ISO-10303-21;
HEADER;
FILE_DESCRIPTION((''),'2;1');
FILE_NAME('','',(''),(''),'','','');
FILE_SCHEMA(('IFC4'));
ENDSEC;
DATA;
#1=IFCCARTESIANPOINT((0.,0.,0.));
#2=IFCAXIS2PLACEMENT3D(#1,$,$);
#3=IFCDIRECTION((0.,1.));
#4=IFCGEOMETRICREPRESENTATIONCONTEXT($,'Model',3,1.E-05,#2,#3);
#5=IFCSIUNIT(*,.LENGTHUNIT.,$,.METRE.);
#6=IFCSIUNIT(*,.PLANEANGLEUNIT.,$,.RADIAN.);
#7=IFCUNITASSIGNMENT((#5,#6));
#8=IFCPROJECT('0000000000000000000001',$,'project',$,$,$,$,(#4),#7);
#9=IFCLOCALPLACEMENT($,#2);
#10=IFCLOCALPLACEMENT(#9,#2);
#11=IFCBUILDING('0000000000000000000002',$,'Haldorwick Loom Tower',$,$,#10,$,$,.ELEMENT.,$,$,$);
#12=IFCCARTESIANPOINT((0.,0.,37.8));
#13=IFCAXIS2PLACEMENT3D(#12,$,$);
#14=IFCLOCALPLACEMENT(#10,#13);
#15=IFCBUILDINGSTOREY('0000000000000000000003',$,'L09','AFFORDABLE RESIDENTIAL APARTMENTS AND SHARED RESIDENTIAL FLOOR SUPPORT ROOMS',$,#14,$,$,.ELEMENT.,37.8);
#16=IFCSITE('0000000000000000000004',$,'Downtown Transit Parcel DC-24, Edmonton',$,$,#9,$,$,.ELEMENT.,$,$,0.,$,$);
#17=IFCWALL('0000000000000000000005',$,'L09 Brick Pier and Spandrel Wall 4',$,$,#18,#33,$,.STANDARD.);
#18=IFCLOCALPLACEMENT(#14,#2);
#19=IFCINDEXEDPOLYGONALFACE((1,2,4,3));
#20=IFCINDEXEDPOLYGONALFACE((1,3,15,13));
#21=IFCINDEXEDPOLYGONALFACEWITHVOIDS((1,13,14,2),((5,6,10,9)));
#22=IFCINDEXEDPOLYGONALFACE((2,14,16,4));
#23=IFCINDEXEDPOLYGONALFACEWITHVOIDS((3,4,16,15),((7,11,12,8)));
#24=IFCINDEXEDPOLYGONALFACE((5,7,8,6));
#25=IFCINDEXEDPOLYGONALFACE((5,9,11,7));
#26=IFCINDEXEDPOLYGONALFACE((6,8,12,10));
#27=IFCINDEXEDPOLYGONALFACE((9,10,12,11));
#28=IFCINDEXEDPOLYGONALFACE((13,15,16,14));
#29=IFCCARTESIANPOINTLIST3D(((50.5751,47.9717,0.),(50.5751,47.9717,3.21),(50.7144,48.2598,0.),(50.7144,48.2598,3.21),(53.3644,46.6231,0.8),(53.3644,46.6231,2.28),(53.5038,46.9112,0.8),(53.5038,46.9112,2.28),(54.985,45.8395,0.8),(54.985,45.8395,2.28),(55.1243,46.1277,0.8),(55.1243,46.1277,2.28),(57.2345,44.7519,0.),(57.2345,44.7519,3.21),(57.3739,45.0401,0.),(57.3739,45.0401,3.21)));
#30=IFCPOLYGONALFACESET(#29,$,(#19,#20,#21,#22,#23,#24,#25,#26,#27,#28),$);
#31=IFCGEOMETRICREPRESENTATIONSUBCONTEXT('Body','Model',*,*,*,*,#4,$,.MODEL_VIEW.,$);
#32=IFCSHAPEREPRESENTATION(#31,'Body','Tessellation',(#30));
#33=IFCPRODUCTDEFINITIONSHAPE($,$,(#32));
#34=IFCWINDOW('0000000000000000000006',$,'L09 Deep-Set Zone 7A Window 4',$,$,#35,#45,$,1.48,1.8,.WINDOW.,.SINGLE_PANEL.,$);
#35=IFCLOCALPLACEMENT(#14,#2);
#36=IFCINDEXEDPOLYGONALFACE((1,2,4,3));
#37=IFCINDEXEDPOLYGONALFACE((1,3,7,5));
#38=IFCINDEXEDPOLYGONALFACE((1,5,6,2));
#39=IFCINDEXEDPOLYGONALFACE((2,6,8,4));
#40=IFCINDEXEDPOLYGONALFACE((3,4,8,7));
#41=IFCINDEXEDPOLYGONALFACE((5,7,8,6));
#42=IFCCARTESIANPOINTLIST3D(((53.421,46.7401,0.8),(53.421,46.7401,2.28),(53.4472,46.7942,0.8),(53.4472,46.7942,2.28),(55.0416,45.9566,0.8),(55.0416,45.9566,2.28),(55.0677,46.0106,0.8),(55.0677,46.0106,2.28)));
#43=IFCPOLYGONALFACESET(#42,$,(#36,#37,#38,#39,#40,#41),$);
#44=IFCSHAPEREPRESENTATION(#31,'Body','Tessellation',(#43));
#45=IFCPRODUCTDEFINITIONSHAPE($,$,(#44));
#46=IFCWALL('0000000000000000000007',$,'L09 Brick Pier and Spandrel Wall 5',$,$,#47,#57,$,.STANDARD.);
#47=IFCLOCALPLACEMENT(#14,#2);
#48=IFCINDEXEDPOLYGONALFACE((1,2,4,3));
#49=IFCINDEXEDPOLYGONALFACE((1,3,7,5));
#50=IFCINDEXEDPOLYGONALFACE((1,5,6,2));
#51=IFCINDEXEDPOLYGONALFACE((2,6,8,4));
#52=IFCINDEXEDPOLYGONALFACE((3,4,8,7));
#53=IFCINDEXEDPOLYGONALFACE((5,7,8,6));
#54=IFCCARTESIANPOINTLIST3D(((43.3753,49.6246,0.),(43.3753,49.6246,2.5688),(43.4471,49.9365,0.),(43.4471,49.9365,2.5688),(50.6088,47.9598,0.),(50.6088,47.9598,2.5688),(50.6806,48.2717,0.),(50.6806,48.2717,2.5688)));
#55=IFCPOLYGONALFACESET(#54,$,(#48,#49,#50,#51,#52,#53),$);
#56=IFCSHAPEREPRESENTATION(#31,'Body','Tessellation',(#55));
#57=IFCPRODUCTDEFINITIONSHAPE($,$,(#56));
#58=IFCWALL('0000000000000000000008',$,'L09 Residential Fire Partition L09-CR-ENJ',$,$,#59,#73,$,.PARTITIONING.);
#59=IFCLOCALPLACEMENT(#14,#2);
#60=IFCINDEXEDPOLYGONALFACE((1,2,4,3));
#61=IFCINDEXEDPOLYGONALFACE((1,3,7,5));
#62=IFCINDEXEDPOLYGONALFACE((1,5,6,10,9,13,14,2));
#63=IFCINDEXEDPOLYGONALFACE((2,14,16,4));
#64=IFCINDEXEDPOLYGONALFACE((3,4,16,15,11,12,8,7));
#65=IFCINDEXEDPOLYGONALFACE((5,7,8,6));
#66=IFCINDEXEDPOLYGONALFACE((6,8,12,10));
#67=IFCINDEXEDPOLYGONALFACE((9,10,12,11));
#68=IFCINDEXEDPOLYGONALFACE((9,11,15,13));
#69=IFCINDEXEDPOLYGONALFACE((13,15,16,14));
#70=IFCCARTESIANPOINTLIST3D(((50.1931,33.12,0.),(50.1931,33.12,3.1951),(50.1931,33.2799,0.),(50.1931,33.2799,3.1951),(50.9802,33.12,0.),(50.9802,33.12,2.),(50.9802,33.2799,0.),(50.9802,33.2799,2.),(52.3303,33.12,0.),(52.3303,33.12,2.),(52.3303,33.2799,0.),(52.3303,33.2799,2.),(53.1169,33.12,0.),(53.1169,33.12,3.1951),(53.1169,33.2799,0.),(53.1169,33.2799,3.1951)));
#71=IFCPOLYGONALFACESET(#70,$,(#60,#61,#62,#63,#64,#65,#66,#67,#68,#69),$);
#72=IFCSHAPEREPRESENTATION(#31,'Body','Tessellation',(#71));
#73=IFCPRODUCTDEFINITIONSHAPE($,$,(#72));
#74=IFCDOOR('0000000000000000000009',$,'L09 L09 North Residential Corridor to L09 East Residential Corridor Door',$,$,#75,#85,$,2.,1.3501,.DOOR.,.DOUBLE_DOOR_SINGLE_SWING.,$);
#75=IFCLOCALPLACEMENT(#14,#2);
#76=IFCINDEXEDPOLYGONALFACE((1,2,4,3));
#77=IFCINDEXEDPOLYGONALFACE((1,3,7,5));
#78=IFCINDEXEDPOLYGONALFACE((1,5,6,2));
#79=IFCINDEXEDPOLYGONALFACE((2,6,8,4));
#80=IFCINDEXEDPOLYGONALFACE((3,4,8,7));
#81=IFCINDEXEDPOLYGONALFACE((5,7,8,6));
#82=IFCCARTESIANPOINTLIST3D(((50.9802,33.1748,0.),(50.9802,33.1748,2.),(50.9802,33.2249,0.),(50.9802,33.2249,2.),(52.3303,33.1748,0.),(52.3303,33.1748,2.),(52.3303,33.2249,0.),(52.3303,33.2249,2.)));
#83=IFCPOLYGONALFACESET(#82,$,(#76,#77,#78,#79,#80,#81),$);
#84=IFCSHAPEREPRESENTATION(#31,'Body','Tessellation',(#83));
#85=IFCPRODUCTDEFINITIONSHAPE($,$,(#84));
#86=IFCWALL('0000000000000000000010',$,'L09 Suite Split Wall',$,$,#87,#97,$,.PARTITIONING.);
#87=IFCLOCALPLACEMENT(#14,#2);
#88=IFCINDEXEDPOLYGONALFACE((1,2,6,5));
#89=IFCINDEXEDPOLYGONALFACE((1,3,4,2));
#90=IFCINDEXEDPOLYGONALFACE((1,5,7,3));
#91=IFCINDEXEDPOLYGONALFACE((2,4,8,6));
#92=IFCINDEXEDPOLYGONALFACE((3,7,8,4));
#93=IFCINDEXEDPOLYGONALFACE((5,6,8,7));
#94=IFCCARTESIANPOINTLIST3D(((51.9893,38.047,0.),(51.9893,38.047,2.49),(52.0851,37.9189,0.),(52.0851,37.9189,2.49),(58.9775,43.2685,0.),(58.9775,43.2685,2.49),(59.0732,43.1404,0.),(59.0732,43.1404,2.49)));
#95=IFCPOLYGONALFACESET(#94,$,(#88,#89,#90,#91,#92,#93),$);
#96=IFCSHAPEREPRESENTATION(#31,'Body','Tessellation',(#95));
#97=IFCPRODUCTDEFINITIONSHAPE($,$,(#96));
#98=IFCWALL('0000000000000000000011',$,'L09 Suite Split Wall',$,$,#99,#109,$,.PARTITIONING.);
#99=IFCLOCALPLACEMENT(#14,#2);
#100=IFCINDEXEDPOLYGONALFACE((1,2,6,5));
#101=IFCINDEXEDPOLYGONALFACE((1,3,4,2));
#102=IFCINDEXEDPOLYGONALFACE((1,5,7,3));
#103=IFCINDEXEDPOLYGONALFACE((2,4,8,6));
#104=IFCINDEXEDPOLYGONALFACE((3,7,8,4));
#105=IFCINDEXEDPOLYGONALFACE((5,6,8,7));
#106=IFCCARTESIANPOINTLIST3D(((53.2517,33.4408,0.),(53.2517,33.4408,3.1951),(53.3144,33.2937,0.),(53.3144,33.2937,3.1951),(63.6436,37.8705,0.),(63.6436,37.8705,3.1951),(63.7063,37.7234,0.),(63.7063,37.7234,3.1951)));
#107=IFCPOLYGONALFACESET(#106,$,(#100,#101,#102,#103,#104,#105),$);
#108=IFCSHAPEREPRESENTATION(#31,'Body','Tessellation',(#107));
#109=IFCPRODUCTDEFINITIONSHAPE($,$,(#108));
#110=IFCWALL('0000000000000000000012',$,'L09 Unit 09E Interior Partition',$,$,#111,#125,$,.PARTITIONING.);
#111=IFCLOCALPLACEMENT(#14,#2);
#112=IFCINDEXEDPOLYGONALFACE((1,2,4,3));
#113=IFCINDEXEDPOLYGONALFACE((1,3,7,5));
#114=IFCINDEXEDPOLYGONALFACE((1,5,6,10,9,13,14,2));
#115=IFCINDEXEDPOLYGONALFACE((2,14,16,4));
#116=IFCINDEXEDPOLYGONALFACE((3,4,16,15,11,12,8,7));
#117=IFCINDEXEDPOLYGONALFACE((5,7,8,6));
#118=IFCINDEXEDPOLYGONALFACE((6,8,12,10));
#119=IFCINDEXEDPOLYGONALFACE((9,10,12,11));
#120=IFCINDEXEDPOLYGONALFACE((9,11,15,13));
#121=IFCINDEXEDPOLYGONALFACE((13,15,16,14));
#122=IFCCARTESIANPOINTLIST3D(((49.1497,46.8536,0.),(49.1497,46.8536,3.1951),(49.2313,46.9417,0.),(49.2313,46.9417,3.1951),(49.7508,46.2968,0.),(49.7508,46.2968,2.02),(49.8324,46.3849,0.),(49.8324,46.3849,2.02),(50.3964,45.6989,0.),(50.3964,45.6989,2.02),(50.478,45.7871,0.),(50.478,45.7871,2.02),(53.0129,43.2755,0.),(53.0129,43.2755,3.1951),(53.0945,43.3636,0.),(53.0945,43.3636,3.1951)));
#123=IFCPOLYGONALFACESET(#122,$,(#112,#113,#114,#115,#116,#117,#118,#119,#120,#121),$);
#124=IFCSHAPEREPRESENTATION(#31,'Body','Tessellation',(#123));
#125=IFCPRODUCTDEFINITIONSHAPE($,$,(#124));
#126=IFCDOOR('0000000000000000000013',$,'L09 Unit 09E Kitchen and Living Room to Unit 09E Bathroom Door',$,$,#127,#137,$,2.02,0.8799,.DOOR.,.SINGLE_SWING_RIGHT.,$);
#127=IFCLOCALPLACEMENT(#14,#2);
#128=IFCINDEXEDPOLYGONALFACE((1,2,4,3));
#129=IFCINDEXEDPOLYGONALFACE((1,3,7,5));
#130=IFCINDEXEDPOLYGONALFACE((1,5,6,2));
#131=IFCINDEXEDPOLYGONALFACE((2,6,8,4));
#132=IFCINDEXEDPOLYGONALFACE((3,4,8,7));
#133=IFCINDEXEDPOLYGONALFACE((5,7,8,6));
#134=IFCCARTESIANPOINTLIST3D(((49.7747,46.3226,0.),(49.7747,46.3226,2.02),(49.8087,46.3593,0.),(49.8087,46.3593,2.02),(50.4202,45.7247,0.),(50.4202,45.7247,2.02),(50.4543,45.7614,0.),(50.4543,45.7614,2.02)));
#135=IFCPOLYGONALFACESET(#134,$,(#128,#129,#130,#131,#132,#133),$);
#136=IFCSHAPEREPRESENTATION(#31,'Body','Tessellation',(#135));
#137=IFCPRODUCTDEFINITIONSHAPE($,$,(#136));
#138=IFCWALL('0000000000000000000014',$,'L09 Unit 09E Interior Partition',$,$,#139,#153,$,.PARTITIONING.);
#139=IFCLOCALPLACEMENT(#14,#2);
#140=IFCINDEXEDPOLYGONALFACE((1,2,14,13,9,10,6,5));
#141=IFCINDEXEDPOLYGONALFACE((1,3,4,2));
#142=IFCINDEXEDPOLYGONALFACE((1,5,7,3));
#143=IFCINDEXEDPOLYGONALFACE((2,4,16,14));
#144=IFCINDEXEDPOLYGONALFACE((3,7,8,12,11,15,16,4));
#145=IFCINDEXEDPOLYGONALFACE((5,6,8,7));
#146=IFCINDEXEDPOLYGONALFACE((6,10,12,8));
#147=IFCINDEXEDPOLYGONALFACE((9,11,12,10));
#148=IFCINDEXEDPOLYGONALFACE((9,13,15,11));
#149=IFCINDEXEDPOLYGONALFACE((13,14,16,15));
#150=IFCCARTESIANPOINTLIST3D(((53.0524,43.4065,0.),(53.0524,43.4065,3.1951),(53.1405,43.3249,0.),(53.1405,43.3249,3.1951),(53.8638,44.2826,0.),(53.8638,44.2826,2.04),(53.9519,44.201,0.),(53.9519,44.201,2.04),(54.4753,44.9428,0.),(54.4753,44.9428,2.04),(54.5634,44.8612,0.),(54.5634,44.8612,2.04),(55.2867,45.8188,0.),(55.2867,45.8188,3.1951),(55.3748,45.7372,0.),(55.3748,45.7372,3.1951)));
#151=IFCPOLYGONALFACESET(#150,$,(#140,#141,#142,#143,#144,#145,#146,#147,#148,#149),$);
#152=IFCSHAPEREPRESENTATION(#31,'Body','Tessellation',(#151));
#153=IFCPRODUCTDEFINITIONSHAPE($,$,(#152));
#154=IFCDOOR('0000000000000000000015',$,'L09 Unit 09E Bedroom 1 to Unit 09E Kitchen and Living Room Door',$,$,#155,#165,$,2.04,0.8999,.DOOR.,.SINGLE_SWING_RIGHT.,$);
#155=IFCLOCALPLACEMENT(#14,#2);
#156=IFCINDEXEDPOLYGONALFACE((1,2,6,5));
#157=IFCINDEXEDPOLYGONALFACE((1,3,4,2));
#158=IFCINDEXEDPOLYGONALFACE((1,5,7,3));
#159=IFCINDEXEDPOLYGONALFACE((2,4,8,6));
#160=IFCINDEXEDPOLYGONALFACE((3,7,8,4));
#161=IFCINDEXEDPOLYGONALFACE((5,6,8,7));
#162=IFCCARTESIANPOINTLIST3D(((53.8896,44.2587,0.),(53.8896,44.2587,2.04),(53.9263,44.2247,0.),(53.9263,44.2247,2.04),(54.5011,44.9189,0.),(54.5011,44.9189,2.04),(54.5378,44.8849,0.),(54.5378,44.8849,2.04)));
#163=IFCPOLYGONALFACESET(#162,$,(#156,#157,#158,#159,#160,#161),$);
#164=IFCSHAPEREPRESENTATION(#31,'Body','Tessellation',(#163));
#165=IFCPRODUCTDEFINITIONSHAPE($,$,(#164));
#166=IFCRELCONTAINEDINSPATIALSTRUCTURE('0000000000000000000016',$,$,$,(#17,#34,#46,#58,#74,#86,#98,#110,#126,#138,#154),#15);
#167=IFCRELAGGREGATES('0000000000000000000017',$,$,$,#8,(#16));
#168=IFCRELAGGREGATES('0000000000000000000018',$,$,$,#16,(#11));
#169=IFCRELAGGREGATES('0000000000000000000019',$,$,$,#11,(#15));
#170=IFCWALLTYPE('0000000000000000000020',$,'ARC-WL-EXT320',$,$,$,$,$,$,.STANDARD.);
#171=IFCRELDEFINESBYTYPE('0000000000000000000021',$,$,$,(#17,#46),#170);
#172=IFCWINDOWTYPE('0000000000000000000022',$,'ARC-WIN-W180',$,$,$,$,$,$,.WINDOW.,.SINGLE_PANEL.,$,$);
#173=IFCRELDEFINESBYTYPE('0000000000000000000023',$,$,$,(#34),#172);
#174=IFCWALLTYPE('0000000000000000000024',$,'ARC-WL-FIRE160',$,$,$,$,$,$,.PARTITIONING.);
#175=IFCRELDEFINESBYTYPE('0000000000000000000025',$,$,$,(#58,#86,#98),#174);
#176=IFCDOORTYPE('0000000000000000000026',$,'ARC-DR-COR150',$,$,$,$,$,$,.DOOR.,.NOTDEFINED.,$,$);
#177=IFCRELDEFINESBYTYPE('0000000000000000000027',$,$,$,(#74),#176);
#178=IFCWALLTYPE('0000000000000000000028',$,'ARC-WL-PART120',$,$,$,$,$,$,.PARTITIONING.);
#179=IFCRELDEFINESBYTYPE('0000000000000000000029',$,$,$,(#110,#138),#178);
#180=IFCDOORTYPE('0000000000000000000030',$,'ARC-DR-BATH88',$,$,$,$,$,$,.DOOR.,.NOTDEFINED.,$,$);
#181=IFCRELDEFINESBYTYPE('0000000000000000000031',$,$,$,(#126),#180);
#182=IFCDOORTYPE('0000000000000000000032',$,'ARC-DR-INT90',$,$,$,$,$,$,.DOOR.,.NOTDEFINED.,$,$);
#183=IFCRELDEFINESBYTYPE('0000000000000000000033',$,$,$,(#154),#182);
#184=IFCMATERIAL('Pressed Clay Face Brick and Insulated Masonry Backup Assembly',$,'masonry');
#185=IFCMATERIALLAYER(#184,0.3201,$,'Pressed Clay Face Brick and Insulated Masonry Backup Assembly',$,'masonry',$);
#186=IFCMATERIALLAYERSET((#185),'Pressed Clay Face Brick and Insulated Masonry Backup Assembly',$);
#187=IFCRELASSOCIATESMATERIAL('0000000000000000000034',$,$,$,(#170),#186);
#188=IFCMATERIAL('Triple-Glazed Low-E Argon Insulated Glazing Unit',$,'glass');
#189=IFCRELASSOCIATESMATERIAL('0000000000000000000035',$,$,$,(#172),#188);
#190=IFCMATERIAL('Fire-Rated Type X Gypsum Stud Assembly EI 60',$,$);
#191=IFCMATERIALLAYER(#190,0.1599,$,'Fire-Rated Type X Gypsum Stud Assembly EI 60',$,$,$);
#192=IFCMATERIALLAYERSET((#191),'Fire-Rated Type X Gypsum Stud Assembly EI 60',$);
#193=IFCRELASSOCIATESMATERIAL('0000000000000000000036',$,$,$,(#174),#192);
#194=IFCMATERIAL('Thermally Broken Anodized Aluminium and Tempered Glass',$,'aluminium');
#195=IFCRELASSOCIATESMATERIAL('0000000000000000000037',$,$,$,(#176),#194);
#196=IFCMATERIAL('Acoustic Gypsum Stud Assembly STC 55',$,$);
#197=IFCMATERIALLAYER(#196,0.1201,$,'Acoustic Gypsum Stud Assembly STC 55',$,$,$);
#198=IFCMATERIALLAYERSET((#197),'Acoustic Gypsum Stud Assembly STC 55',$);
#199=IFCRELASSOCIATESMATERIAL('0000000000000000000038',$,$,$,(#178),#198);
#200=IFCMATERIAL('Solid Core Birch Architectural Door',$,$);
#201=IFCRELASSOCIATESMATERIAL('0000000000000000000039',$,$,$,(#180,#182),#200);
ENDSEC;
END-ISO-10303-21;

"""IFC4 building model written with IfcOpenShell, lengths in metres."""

from ifc_helpers import new_model, si_unit, direction, frame, frame_2d, origin, place, context, subcontext, project, spatial, rectangle, extrude, material, layer, layer_set, type_object, element, fill, save


model = new_model("IFC4")

# Units and contexts
model_context = context("Model", 3, precision=1e-05, world=origin(), true_north=direction((0.0, 1.0)))
body_context = subcontext(model_context, "Body", "Model", "MODEL_VIEW")
ifc_project = project(units=[si_unit("LENGTHUNIT", "METRE"), si_unit("PLANEANGLEUNIT", "RADIAN")], contexts=[model_context])

# Site, building, storey
site_placement = place(None, origin())
site = spatial("IfcSite", under=ifc_project, at=site_placement, Name="Downtown Transit Parcel DC-24, Edmonton", CompositionType="ELEMENT", RefElevation=0.0)
building_placement = place(site_placement, origin())
building = spatial("IfcBuilding", under=site, at=building_placement, Name="Haldorwick Loom Tower", CompositionType="ELEMENT")
storey_placement = place(building_placement, frame((0.0, 0.0, 37.8)))
storey = spatial("IfcBuildingStorey", under=building, at=storey_placement, Name="L09", Description="AFFORDABLE RESIDENTIAL APARTMENTS AND SHARED RESIDENTIAL FLOOR SUPPORT ROOMS", CompositionType="ELEMENT", Elevation=37.8)

# Wall, opening, window
ifc_material_1 = material(Name="Pressed Clay Face Brick and Insulated Masonry Backup Assembly", Category="masonry")
ifc_layer_1 = layer(ifc_material_1, 0.3201, Name="Pressed Clay Face Brick and Insulated Masonry Backup Assembly", Category="masonry")
ifc_layer_set_1 = layer_set([ifc_layer_1], Name="Pressed Clay Face Brick and Insulated Masonry Backup Assembly")
wall_type_1 = type_object("IfcWallType", Name="ARC-WL-EXT320", PredefinedType="STANDARD", material=ifc_layer_set_1)
ifc_material_2 = material(Name="Triple-Glazed Low-E Argon Insulated Glazing Unit", Category="glass")
window_type = type_object("IfcWindowType", Name="ARC-WIN-W180", PartitioningType="SINGLE_PANEL", PredefinedType="WINDOW", material=ifc_material_2)
wall_1_placement = place(storey_placement, frame((57.3042, 44.896, 0.0), z_axis=(0.0, 0.0, 1.0), x_axis=(-0.900296, 0.435279, 0.0)))
wall_1 = element("IfcWall", 1, at=wall_1_placement, inside=storey, type_object=wall_type_1, Name="L09 Brick Pier and Spandrel Wall 4", PredefinedType="STANDARD", context=body_context, shape_type="SweptSolid", body=[
    extrude(rectangle(XDim=7.397, YDim=0.3201, at=frame_2d((3.6985, 0.0))), origin(), (0.0, 0.0, 1.0), 3.21),
])
opening_1_placement = place(wall_1_placement, frame((2.4988, 0.0, 0.8)))
opening_1 = element("IfcOpeningElement", 2, at=opening_1_placement, cuts=wall_1, PredefinedType="OPENING", context=body_context, shape_type="SweptSolid", body=[
    extrude(rectangle(XDim=1.8, YDim=1.48, at=frame_2d((0.8999, 0.74))), frame((0.0, 0.1699, 0.0), z_axis=(0.0, -1.0, 0.0), x_axis=(1.0, 0.0, 0.0)), (0.0, 0.0, 1.0), 0.3401),
])
window_1_placement = place(opening_1_placement, origin())
window_1 = element("IfcWindow", 3, at=window_1_placement, inside=storey, type_object=window_type, Name="L09 Deep-Set Zone 7A Window 4", OverallHeight=1.48, OverallWidth=1.8, PartitioningType="SINGLE_PANEL", PredefinedType="WINDOW", context=body_context, shape_type="SweptSolid", body=[
    extrude(rectangle(XDim=1.8, YDim=1.48, at=frame_2d((0.8999, 0.74))), frame((0.0, 0.03, 0.0), z_axis=(0.0, -1.0, 0.0), x_axis=(1.0, 0.0, 0.0)), (0.0, 0.0, 1.0), 0.0601),
])
fill(opening_1, window_1)

# Wall
wall_2_placement = place(storey_placement, frame((50.6448, 48.1157, 0.0), z_axis=(0.0, 0.0, 1.0), x_axis=(-0.974522, 0.22429, 0.0)))
element("IfcWall", 4, at=wall_2_placement, inside=storey, type_object=wall_type_1, Name="L09 Brick Pier and Spandrel Wall 5", PredefinedType="STANDARD", context=body_context, shape_type="SweptSolid", body=[
    extrude(rectangle(XDim=7.4226, YDim=0.3201, at=frame_2d((3.7114, 0.0))), origin(), (0.0, 0.0, 1.0), 2.5688),
])

# Wall, opening, door
ifc_material_3 = material(Name="Fire-Rated Type X Gypsum Stud Assembly EI 60")
ifc_layer_2 = layer(ifc_material_3, 0.1599, Name="Fire-Rated Type X Gypsum Stud Assembly EI 60")
ifc_layer_set_2 = layer_set([ifc_layer_2], Name="Fire-Rated Type X Gypsum Stud Assembly EI 60")
wall_type_2 = type_object("IfcWallType", Name="ARC-WL-FIRE160", PredefinedType="PARTITIONING", material=ifc_layer_set_2)
wall_3_placement = place(storey_placement, frame((50.1931, 33.2, 0.0), z_axis=(0.0, 0.0, 1.0), x_axis=(1.0, 0.0, 0.0)))
wall_3 = element("IfcWall", 5, at=wall_3_placement, inside=storey, type_object=wall_type_2, Name="L09 Residential Fire Partition L09-CR-ENJ", PredefinedType="PARTITIONING", context=body_context, shape_type="SweptSolid", body=[
    extrude(rectangle(XDim=2.9238, YDim=0.1599, at=frame_2d((1.4619, 0.0))), origin(), (0.0, 0.0, 1.0), 3.1951),
])
opening_2_placement = place(wall_3_placement, frame((0.7871, 0.0, 0.0)))
opening_2 = element("IfcOpeningElement", 6, at=opening_2_placement, cuts=wall_3, PredefinedType="OPENING", context=body_context, shape_type="SweptSolid", body=[
    extrude(rectangle(XDim=1.3501, YDim=2.0, at=frame_2d((0.675, 1.0))), frame((0.0, 0.0898, 0.0), z_axis=(0.0, -1.0, 0.0), x_axis=(1.0, 0.0, 0.0)), (0.0, 0.0, 1.0), 0.1799),
])
ifc_material_4 = material(Name="Thermally Broken Anodized Aluminium and Tempered Glass", Category="aluminium")
door_type_1 = type_object("IfcDoorType", Name="ARC-DR-COR150", OperationType="NOTDEFINED", PredefinedType="DOOR", material=ifc_material_4)
door_1_placement = place(opening_2_placement, origin())
door_1 = element("IfcDoor", 7, at=door_1_placement, inside=storey, type_object=door_type_1, Name="L09 L09 North Residential Corridor to L09 East Residential Corridor Door", OperationType="DOUBLE_DOOR_SINGLE_SWING", OverallHeight=2.0, OverallWidth=1.3501, PredefinedType="DOOR", context=body_context, shape_type="SweptSolid", body=[
    extrude(rectangle(XDim=1.3501, YDim=2.0, at=frame_2d((0.675, 1.0))), frame((0.0, 0.0249, 0.0), z_axis=(0.0, -1.0, 0.0), x_axis=(1.0, 0.0, 0.0)), (0.0, 0.0, 1.0), 0.05),
])
fill(opening_2, door_1)

# Walls
wall_4_placement = place(storey_placement, frame((52.0371, 37.9829, 0.0), z_axis=(0.0, 0.0, 1.0), x_axis=(0.801077, 0.598562, 0.0)))
element("IfcWall", 8, at=wall_4_placement, inside=storey, type_object=wall_type_2, Name="L09 Suite Split Wall", PredefinedType="PARTITIONING", context=body_context, shape_type="SweptSolid", body=[
    extrude(rectangle(XDim=8.7234, YDim=0.1599, at=frame_2d((4.3618, 0.0))), origin(), (0.0, 0.0, 1.0), 2.49),
])
wall_5_placement = place(storey_placement, frame((53.283, 33.3672, 0.0), z_axis=(0.0, 0.0, 1.0), x_axis=(0.919911, 0.392127, 0.0)))
element("IfcWall", 9, at=wall_5_placement, inside=storey, type_object=wall_type_2, Name="L09 Suite Split Wall", PredefinedType="PARTITIONING", context=body_context, shape_type="SweptSolid", body=[
    extrude(rectangle(XDim=11.2966, YDim=0.1599, at=frame_2d((5.6484, 0.0))), origin(), (0.0, 0.0, 1.0), 3.1951),
])

# Walls, openings, doors
ifc_material_5 = material(Name="Acoustic Gypsum Stud Assembly STC 55")
ifc_layer_3 = layer(ifc_material_5, 0.1201, Name="Acoustic Gypsum Stud Assembly STC 55")
ifc_layer_set_3 = layer_set([ifc_layer_3], Name="Acoustic Gypsum Stud Assembly STC 55")
wall_type_3 = type_object("IfcWallType", Name="ARC-WL-PART120", PredefinedType="PARTITIONING", material=ifc_layer_set_3)
wall_6_placement = place(storey_placement, frame((53.0537, 43.3196, 0.0), z_axis=(0.0, 0.0, 1.0), x_axis=(-0.733665, 0.679512, 0.0)))
wall_6 = element("IfcWall", 10, at=wall_6_placement, inside=storey, type_object=wall_type_3, Name="L09 Unit 09E Interior Partition", PredefinedType="PARTITIONING", context=body_context, shape_type="SweptSolid", body=[
    extrude(rectangle(XDim=5.2656, YDim=0.1201, at=frame_2d((2.6328, 0.0))), origin(), (0.0, 0.0, 1.0), 3.1951),
])
opening_3_placement = place(wall_6_placement, frame((3.5664, 0.0, 0.0)))
opening_3 = element("IfcOpeningElement", 11, at=opening_3_placement, cuts=wall_6, PredefinedType="OPENING", context=body_context, shape_type="SweptSolid", body=[
    extrude(rectangle(XDim=0.8799, YDim=2.02, at=frame_2d((0.4399, 1.01))), frame((0.0, 0.0701, 0.0), z_axis=(0.0, -1.0, 0.0), x_axis=(1.0, 0.0, 0.0)), (0.0, 0.0, 1.0), 0.1401),
])
ifc_material_6 = material(Name="Solid Core Birch Architectural Door")
door_type_2 = type_object("IfcDoorType", Name="ARC-DR-BATH88", OperationType="NOTDEFINED", PredefinedType="DOOR", material=ifc_material_6)
door_2_placement = place(opening_3_placement, origin())
door_2 = element("IfcDoor", 12, at=door_2_placement, inside=storey, type_object=door_type_2, Name="L09 Unit 09E Kitchen and Living Room to Unit 09E Bathroom Door", OperationType="SINGLE_SWING_RIGHT", OverallHeight=2.02, OverallWidth=0.8799, PredefinedType="DOOR", context=body_context, shape_type="SweptSolid", body=[
    extrude(rectangle(XDim=0.8799, YDim=2.02, at=frame_2d((0.4399, 1.01))), frame((0.0, 0.0249, 0.0), z_axis=(0.0, -1.0, 0.0), x_axis=(1.0, 0.0, 0.0)), (0.0, 0.0, 1.0), 0.05),
])
fill(opening_3, door_2)
wall_7_placement = place(storey_placement, frame((53.0964, 43.3657, 0.0), z_axis=(0.0, 0.0, 1.0), x_axis=(0.679525, 0.733652, 0.0)))
wall_7 = element("IfcWall", 13, at=wall_7_placement, inside=storey, type_object=wall_type_3, Name="L09 Unit 09E Interior Partition", PredefinedType="PARTITIONING", context=body_context, shape_type="SweptSolid", body=[
    extrude(rectangle(XDim=3.2881, YDim=0.1201, at=frame_2d((1.644, 0.0))), origin(), (0.0, 0.0, 1.0), 3.1951),
])
opening_4_placement = place(wall_7_placement, frame((1.1941, 0.0, 0.0)))
opening_4 = element("IfcOpeningElement", 14, at=opening_4_placement, cuts=wall_7, PredefinedType="OPENING", context=body_context, shape_type="SweptSolid", body=[
    extrude(rectangle(XDim=0.8999, YDim=2.04, at=frame_2d((0.45, 1.02))), frame((0.0, 0.0701, 0.0), z_axis=(0.0, -1.0, 0.0), x_axis=(1.0, 0.0, 0.0)), (0.0, 0.0, 1.0), 0.1401),
])
door_type_3 = type_object("IfcDoorType", Name="ARC-DR-INT90", OperationType="NOTDEFINED", PredefinedType="DOOR", material=ifc_material_6)
door_3_placement = place(opening_4_placement, origin())
door_3 = element("IfcDoor", 15, at=door_3_placement, inside=storey, type_object=door_type_3, Name="L09 Unit 09E Bedroom 1 to Unit 09E Kitchen and Living Room Door", OperationType="SINGLE_SWING_RIGHT", OverallHeight=2.04, OverallWidth=0.8999, PredefinedType="DOOR", context=body_context, shape_type="SweptSolid", body=[
    extrude(rectangle(XDim=0.8999, YDim=2.04, at=frame_2d((0.45, 1.02))), frame((0.0, 0.0249, 0.0), z_axis=(0.0, -1.0, 0.0), x_axis=(1.0, 0.0, 0.0)), (0.0, 0.0, 1.0), 0.05),
])
fill(opening_4, door_3)

save(model, "model.ifc")
